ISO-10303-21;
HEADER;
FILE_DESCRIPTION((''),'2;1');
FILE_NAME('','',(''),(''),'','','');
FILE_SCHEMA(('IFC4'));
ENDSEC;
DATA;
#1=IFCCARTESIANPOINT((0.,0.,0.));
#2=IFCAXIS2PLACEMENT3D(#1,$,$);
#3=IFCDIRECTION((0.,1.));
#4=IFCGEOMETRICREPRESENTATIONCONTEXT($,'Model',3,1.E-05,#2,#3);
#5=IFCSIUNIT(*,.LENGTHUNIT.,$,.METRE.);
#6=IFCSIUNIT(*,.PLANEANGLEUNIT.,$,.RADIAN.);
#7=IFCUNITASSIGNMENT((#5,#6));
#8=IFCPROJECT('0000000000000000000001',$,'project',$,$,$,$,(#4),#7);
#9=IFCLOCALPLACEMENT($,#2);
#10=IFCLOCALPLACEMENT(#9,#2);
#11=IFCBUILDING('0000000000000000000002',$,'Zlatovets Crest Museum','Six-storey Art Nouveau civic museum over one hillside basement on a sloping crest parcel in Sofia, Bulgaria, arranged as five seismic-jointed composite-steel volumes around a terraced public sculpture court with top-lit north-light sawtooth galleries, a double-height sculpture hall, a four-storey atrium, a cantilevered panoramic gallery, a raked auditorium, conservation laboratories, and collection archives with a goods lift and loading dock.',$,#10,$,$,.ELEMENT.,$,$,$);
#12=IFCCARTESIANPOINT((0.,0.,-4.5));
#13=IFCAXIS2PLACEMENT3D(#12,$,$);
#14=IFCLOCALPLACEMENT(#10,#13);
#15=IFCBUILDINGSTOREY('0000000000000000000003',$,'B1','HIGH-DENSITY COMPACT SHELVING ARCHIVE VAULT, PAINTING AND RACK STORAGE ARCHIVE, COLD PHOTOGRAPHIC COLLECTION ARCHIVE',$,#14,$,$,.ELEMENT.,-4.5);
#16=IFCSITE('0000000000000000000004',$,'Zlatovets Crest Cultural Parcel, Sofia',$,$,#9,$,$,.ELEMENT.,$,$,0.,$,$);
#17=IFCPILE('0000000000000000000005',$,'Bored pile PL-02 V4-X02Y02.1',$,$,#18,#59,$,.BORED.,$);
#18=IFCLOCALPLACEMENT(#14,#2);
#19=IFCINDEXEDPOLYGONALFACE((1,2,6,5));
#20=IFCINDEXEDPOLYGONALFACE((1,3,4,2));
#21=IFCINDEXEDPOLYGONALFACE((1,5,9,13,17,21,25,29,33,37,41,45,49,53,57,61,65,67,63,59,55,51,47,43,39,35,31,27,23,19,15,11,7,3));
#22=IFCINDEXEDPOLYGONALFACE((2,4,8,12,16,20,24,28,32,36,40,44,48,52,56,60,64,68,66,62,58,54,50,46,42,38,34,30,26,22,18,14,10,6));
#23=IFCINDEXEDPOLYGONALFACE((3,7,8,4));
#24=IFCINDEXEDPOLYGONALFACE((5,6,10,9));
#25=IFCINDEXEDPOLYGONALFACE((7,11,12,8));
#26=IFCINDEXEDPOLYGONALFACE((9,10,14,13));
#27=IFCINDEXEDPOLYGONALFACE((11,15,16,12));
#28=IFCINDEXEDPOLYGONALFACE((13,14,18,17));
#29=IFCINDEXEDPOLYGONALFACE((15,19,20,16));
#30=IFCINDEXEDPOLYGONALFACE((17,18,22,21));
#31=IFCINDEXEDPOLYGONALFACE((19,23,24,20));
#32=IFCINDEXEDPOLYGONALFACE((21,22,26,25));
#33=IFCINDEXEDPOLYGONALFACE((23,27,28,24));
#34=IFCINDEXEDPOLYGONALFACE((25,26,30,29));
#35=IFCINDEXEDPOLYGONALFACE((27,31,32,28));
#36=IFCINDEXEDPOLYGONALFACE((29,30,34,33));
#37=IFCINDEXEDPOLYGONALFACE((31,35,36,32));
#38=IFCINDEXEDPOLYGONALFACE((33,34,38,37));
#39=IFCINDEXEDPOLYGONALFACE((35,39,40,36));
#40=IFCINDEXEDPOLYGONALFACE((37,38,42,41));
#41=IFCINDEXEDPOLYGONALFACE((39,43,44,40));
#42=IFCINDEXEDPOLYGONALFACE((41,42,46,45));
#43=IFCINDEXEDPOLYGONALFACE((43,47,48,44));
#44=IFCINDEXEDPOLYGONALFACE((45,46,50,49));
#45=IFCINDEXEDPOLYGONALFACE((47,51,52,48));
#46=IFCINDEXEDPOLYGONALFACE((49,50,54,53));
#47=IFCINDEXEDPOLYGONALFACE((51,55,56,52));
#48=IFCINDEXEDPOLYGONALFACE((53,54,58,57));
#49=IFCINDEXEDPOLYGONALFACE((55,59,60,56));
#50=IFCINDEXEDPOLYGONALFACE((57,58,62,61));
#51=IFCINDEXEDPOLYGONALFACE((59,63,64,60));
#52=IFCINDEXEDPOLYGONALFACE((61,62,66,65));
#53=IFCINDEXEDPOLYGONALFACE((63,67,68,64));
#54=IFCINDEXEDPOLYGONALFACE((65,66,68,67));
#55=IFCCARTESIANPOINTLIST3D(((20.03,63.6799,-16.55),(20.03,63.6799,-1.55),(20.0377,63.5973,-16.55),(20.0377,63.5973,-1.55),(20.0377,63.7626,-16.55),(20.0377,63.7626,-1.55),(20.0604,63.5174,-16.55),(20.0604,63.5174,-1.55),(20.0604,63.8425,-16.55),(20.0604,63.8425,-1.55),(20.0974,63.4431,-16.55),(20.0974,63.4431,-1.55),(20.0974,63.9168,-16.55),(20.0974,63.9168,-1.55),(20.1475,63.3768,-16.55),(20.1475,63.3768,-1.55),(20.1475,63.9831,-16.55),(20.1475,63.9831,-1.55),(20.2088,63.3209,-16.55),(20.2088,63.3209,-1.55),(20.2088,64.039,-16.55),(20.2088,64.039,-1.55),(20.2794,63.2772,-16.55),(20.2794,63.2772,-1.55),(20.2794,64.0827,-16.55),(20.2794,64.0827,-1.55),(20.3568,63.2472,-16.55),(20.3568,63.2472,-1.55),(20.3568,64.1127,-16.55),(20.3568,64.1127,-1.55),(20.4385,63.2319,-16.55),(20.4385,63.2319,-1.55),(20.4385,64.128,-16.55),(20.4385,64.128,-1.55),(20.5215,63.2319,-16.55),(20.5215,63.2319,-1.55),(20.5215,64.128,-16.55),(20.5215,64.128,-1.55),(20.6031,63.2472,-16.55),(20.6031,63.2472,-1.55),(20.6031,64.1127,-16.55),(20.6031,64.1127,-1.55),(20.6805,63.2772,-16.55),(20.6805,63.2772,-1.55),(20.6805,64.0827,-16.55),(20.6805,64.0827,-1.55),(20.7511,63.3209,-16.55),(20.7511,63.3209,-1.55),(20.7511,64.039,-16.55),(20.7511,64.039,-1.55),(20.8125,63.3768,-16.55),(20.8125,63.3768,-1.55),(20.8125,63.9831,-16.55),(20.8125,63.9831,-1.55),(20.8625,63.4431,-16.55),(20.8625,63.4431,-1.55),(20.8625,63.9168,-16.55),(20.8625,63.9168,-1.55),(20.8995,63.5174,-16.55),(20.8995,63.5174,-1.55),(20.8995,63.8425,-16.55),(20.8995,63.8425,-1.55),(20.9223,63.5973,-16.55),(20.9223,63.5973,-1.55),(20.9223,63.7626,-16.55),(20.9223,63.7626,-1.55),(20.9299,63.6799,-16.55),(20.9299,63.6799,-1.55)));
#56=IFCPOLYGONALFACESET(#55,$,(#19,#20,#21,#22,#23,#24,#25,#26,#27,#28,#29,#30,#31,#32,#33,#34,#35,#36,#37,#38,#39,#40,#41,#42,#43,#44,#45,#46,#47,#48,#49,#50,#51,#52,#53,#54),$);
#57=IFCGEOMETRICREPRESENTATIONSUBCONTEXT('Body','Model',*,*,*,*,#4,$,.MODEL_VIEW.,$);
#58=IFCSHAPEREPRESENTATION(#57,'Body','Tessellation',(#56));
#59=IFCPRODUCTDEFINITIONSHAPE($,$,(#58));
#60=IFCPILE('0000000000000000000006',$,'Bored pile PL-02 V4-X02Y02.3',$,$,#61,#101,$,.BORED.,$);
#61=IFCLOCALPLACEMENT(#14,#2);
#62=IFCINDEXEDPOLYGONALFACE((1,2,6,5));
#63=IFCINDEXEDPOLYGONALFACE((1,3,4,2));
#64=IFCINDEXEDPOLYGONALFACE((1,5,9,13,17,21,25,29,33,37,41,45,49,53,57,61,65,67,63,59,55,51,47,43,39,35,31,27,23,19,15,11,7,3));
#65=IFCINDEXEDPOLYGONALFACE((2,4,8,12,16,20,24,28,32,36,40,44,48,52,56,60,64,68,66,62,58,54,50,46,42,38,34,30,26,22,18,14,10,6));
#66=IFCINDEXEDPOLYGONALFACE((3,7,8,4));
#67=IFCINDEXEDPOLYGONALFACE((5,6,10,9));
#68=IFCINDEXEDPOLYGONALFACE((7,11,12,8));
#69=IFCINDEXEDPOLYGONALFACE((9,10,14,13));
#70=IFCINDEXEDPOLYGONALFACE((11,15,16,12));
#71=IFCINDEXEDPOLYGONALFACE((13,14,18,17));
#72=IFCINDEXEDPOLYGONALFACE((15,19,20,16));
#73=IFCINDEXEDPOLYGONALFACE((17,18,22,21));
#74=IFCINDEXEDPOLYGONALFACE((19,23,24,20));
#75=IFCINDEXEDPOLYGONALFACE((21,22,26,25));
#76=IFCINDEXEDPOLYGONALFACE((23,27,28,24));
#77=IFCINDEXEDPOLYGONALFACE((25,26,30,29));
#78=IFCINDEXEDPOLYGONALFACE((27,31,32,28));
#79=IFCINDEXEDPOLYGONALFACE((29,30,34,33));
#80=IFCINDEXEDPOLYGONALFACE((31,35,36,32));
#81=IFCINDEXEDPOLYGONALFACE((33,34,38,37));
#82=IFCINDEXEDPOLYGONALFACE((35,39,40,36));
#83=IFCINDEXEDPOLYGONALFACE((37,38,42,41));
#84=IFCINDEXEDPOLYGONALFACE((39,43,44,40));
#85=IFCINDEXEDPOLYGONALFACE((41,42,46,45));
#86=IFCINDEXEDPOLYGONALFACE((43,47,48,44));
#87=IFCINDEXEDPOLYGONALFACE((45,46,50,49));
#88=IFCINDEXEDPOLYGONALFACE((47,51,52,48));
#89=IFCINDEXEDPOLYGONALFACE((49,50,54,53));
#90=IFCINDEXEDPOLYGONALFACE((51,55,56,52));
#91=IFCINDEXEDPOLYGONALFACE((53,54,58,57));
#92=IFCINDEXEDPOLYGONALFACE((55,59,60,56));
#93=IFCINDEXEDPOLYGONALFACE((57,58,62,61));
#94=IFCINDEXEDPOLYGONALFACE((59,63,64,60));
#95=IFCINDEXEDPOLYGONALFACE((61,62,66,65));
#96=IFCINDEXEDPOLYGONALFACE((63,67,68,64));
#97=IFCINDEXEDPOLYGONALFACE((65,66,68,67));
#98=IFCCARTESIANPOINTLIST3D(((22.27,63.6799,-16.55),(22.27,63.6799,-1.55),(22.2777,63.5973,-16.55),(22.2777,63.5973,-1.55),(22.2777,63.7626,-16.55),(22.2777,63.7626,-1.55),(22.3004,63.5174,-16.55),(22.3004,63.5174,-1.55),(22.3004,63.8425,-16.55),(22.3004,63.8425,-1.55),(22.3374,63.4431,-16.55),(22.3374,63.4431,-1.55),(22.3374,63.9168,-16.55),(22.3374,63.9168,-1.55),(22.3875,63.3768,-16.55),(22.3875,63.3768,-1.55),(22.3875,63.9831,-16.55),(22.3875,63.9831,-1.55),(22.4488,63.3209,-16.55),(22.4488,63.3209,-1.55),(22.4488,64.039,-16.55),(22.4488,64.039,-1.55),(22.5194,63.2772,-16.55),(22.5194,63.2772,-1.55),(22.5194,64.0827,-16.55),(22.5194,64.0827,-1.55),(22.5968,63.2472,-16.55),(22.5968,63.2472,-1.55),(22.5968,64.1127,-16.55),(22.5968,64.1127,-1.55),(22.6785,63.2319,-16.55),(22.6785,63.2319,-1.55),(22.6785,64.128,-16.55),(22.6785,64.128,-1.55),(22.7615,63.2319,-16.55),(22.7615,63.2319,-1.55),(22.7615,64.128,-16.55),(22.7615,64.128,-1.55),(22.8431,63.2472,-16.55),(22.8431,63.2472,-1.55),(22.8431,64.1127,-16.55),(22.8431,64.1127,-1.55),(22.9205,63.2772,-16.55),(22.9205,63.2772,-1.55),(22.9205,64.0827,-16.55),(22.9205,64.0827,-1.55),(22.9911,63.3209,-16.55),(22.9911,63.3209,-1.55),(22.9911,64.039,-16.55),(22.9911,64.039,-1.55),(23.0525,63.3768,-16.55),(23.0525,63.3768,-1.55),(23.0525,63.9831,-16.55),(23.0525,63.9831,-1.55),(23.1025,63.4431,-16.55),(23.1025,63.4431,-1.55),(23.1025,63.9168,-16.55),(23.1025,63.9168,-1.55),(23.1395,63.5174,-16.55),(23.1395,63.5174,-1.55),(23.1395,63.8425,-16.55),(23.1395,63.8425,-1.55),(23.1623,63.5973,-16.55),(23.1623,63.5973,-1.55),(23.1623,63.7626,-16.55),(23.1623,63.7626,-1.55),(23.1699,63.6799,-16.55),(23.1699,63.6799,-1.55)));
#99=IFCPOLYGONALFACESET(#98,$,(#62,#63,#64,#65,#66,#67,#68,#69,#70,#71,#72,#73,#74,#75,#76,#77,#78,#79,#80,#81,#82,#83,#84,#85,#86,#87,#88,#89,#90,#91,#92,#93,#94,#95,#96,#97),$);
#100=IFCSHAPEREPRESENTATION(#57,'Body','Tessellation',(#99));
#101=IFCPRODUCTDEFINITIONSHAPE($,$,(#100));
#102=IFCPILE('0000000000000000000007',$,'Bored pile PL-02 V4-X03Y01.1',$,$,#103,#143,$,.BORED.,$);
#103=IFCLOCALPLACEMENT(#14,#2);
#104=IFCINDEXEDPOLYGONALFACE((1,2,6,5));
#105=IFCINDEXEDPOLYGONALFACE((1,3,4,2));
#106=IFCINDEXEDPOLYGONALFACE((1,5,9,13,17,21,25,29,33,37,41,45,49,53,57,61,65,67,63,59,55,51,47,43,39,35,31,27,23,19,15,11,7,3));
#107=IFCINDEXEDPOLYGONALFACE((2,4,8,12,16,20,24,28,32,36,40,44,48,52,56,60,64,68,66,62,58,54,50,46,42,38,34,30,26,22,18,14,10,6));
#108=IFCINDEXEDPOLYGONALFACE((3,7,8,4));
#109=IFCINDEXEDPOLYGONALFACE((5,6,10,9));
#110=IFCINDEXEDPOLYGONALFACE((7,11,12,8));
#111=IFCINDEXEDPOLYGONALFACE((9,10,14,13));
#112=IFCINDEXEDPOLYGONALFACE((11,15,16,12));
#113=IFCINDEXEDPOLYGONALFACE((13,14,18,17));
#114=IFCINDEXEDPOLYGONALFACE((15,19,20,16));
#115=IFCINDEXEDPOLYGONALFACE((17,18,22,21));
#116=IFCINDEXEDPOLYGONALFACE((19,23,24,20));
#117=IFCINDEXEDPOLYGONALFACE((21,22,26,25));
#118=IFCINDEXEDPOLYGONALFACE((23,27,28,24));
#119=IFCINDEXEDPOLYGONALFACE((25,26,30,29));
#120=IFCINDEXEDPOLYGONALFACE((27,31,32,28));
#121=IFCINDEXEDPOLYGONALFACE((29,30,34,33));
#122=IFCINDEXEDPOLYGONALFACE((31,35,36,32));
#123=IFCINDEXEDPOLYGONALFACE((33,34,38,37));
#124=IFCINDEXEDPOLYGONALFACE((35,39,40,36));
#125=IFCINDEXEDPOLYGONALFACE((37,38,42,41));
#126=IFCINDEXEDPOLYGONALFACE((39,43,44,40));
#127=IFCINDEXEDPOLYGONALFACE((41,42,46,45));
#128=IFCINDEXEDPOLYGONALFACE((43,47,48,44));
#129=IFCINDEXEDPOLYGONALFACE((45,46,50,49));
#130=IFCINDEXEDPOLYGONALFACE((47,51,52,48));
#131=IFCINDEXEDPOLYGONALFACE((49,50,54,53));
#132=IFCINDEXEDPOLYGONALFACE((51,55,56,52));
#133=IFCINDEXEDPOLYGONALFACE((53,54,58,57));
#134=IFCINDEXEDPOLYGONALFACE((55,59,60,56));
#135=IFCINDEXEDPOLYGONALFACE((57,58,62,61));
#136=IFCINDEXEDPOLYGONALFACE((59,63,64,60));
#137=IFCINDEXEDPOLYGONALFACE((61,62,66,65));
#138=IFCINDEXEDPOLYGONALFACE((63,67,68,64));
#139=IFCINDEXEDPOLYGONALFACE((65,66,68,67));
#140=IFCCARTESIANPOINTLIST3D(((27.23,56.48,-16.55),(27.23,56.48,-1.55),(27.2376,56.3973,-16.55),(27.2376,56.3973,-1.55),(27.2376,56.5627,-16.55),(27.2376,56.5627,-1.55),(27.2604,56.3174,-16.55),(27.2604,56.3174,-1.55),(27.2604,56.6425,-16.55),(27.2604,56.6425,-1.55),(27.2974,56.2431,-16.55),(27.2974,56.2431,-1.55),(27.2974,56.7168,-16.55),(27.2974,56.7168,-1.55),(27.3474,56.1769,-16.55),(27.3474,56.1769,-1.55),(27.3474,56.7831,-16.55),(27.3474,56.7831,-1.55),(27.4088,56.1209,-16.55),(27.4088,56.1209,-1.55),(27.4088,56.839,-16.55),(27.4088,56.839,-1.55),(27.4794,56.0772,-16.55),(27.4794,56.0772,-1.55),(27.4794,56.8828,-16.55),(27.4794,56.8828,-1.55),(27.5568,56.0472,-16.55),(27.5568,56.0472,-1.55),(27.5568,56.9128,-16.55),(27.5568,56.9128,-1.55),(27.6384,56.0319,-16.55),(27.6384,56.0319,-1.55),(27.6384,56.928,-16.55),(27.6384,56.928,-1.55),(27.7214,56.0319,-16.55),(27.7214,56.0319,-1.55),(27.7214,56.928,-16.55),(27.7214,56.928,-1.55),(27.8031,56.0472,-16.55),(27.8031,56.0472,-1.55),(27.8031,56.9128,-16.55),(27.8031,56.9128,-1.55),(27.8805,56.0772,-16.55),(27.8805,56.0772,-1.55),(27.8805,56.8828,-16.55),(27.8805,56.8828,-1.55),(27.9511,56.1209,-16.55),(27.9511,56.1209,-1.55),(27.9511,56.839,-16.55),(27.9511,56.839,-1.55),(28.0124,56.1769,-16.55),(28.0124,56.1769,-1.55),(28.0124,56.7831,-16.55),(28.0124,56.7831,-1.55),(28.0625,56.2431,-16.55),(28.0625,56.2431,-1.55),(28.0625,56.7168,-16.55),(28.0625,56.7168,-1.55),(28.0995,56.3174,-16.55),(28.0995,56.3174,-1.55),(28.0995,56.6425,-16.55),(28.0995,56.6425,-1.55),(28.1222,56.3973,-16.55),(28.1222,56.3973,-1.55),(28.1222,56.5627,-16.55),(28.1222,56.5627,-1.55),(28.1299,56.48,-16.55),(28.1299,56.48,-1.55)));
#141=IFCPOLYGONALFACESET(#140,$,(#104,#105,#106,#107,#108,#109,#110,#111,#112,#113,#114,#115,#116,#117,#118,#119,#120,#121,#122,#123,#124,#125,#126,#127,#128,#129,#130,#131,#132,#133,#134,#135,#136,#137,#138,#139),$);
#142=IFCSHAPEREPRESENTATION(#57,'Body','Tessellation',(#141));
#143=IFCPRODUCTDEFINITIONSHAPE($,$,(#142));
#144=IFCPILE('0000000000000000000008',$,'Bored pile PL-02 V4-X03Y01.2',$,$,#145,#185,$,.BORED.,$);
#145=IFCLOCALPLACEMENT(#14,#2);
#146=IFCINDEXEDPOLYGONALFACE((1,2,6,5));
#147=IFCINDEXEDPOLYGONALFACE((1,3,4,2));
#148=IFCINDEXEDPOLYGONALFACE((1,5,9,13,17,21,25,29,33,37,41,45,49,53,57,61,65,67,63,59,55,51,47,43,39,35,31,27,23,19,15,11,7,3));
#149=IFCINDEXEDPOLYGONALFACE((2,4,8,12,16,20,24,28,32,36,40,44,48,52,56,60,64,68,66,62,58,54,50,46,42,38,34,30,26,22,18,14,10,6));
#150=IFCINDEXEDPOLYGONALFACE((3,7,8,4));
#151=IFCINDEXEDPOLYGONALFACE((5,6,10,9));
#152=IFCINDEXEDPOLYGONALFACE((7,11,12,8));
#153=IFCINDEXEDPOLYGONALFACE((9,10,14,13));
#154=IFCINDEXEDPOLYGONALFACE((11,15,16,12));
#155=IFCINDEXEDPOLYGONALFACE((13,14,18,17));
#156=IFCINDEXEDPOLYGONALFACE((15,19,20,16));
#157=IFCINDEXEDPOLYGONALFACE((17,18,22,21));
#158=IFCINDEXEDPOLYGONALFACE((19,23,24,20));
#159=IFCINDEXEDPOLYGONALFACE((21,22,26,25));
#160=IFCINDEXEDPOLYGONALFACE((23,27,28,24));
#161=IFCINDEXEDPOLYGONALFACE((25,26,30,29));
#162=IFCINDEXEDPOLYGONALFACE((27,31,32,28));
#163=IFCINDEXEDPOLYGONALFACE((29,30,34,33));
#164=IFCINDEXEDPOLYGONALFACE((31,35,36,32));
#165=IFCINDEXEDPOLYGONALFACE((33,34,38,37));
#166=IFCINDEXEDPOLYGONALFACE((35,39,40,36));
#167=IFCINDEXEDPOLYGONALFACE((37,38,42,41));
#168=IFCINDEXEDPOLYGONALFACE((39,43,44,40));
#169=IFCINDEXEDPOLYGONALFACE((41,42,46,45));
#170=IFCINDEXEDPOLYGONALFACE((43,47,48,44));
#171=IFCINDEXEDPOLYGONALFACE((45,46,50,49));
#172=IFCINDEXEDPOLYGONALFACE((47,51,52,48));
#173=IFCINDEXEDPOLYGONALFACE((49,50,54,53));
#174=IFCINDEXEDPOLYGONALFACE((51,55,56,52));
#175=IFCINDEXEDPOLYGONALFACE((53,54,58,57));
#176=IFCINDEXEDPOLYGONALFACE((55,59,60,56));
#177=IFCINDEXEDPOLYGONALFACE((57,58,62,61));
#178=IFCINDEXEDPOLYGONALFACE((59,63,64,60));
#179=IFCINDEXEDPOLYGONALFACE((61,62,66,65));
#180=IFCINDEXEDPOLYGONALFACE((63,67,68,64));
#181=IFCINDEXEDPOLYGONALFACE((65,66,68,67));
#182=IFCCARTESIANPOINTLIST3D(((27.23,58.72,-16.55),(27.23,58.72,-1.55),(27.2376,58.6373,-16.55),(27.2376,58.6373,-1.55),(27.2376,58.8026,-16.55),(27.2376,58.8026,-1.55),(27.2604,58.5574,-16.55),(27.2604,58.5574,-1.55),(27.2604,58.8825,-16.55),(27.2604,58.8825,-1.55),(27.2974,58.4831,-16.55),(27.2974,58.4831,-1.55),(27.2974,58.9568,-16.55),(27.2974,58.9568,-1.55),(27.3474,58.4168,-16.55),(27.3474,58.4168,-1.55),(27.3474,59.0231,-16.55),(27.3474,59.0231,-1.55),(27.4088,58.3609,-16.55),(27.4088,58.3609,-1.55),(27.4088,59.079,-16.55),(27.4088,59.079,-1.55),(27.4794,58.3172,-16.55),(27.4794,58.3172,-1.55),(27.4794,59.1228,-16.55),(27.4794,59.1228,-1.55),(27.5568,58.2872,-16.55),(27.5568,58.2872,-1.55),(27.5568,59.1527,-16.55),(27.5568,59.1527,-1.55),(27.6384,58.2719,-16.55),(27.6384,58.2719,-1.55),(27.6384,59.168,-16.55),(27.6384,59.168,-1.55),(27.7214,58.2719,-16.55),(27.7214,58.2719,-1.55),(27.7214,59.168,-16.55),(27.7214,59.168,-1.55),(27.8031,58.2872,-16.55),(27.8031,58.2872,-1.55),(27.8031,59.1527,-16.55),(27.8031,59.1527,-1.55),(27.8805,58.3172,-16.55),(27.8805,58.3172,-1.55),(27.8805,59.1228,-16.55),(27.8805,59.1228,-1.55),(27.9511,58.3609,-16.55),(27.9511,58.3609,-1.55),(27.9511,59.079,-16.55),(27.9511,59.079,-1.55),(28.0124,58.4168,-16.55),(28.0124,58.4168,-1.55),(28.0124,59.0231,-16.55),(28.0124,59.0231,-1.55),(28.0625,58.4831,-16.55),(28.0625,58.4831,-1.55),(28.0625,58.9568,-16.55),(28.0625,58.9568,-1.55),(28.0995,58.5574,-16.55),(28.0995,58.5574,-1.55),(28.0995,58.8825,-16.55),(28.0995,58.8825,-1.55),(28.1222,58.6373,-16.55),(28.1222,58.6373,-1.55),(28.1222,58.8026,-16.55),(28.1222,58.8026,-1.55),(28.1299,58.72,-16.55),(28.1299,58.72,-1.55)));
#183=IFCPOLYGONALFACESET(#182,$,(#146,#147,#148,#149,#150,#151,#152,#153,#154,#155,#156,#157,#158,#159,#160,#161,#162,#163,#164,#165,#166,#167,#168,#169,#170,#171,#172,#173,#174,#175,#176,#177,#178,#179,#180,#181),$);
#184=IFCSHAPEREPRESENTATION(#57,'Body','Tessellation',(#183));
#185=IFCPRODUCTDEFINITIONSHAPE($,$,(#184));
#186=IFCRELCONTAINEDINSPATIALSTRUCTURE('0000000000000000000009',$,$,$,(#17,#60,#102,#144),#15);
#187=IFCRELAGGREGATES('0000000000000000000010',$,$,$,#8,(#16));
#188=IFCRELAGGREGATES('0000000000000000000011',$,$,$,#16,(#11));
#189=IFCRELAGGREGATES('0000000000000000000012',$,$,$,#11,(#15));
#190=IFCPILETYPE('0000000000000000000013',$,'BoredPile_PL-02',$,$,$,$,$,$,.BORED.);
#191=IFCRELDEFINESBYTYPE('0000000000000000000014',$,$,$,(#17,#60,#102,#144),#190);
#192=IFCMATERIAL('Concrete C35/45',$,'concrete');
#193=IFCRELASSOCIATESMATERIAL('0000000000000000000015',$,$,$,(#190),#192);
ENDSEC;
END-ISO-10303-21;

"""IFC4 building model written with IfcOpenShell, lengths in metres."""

from ifc_helpers import new_model, si_unit, direction, frame, origin, origin_2d, place, context, subcontext, project, spatial, circle, extrude, material, material_profile, profile_set, type_object, element, save


model = new_model("IFC4")

# Units and contexts
model_context = context("Model", 3, precision=1e-05, world=origin(), true_north=direction((0.0, 1.0)))
body_context = subcontext(model_context, "Body", "Model", "MODEL_VIEW")
ifc_project = project(units=[si_unit("LENGTHUNIT", "METRE"), si_unit("PLANEANGLEUNIT", "RADIAN")], contexts=[model_context])

# Site, building, storey
site_placement = place(None, origin())
site = spatial("IfcSite", under=ifc_project, at=site_placement, Name="Zlatovets Crest Cultural Parcel, Sofia", CompositionType="ELEMENT", RefElevation=0.0)
building_placement = place(site_placement, origin())
building = spatial("IfcBuilding", under=site, at=building_placement, Name="Zlatovets Crest Museum", Description="Six-storey Art Nouveau civic museum over one hillside basement on a sloping crest parcel in Sofia, Bulgaria, arranged as five seismic-jointed composite-steel volumes around a terraced public sculpture court with top-lit north-light sawtooth galleries, a double-height sculpture hall, a four-storey atrium, a cantilevered panoramic gallery, a raked auditorium, conservation laboratories, and collection archives with a goods lift and loading dock.", CompositionType="ELEMENT")
storey_placement = place(building_placement, frame((0.0, 0.0, -4.5)))
storey = spatial("IfcBuildingStorey", under=building, at=storey_placement, Name="B1", Description="HIGH-DENSITY COMPACT SHELVING ARCHIVE VAULT, PAINTING AND RACK STORAGE ARCHIVE, COLD PHOTOGRAPHIC COLLECTION ARCHIVE", CompositionType="ELEMENT", Elevation=-4.5)

# Piles
ifc_material = material(Name="Concrete C35/45", Category="concrete")
ifc_material_profile_1 = material_profile(ifc_material, circle(Radius=0.45, at=origin_2d()), Name="PILE D900")
ifc_profile_set_1 = profile_set([ifc_material_profile_1], Name="Concrete C35/45")
pile_type_1 = type_object("IfcPileType", Name="BoredPile_PL-02", PredefinedType="BORED", material=ifc_profile_set_1)
for number, where, z_axis, x_axis, name in (
    (1, (20.48, 63.6799, -1.55), (0.0, 0.0, -1.0), (1.0, 0.0, 0.0), "Bored pile PL-02 V4-X02Y02.1"),
    (2, (22.72, 63.6799, -1.55), (0.0, 0.0, -1.0), (1.0, 0.0, 0.0), "Bored pile PL-02 V4-X02Y02.3"),
    (3, (27.6799, 56.48, -1.55), (0.0, 0.0, -1.0), (1.0, 0.0, 0.0), "Bored pile PL-02 V4-X03Y01.1"),
    (4, (27.6799, 58.72, -1.55), (0.0, 0.0, -1.0), (1.0, 0.0, 0.0), "Bored pile PL-02 V4-X03Y01.2"),
):
    element("IfcPile", number, at=place(storey_placement, frame(where, z_axis=z_axis, x_axis=x_axis)), inside=storey, type_object=pile_type_1, Name=name, PredefinedType="BORED", context=body_context, shape_type="SweptSolid", body=[
        extrude(circle(Radius=0.45, at=origin_2d()), origin(), (0.0, 0.0, 1.0), 15.0),
    ])

save(model, "model.ifc")
